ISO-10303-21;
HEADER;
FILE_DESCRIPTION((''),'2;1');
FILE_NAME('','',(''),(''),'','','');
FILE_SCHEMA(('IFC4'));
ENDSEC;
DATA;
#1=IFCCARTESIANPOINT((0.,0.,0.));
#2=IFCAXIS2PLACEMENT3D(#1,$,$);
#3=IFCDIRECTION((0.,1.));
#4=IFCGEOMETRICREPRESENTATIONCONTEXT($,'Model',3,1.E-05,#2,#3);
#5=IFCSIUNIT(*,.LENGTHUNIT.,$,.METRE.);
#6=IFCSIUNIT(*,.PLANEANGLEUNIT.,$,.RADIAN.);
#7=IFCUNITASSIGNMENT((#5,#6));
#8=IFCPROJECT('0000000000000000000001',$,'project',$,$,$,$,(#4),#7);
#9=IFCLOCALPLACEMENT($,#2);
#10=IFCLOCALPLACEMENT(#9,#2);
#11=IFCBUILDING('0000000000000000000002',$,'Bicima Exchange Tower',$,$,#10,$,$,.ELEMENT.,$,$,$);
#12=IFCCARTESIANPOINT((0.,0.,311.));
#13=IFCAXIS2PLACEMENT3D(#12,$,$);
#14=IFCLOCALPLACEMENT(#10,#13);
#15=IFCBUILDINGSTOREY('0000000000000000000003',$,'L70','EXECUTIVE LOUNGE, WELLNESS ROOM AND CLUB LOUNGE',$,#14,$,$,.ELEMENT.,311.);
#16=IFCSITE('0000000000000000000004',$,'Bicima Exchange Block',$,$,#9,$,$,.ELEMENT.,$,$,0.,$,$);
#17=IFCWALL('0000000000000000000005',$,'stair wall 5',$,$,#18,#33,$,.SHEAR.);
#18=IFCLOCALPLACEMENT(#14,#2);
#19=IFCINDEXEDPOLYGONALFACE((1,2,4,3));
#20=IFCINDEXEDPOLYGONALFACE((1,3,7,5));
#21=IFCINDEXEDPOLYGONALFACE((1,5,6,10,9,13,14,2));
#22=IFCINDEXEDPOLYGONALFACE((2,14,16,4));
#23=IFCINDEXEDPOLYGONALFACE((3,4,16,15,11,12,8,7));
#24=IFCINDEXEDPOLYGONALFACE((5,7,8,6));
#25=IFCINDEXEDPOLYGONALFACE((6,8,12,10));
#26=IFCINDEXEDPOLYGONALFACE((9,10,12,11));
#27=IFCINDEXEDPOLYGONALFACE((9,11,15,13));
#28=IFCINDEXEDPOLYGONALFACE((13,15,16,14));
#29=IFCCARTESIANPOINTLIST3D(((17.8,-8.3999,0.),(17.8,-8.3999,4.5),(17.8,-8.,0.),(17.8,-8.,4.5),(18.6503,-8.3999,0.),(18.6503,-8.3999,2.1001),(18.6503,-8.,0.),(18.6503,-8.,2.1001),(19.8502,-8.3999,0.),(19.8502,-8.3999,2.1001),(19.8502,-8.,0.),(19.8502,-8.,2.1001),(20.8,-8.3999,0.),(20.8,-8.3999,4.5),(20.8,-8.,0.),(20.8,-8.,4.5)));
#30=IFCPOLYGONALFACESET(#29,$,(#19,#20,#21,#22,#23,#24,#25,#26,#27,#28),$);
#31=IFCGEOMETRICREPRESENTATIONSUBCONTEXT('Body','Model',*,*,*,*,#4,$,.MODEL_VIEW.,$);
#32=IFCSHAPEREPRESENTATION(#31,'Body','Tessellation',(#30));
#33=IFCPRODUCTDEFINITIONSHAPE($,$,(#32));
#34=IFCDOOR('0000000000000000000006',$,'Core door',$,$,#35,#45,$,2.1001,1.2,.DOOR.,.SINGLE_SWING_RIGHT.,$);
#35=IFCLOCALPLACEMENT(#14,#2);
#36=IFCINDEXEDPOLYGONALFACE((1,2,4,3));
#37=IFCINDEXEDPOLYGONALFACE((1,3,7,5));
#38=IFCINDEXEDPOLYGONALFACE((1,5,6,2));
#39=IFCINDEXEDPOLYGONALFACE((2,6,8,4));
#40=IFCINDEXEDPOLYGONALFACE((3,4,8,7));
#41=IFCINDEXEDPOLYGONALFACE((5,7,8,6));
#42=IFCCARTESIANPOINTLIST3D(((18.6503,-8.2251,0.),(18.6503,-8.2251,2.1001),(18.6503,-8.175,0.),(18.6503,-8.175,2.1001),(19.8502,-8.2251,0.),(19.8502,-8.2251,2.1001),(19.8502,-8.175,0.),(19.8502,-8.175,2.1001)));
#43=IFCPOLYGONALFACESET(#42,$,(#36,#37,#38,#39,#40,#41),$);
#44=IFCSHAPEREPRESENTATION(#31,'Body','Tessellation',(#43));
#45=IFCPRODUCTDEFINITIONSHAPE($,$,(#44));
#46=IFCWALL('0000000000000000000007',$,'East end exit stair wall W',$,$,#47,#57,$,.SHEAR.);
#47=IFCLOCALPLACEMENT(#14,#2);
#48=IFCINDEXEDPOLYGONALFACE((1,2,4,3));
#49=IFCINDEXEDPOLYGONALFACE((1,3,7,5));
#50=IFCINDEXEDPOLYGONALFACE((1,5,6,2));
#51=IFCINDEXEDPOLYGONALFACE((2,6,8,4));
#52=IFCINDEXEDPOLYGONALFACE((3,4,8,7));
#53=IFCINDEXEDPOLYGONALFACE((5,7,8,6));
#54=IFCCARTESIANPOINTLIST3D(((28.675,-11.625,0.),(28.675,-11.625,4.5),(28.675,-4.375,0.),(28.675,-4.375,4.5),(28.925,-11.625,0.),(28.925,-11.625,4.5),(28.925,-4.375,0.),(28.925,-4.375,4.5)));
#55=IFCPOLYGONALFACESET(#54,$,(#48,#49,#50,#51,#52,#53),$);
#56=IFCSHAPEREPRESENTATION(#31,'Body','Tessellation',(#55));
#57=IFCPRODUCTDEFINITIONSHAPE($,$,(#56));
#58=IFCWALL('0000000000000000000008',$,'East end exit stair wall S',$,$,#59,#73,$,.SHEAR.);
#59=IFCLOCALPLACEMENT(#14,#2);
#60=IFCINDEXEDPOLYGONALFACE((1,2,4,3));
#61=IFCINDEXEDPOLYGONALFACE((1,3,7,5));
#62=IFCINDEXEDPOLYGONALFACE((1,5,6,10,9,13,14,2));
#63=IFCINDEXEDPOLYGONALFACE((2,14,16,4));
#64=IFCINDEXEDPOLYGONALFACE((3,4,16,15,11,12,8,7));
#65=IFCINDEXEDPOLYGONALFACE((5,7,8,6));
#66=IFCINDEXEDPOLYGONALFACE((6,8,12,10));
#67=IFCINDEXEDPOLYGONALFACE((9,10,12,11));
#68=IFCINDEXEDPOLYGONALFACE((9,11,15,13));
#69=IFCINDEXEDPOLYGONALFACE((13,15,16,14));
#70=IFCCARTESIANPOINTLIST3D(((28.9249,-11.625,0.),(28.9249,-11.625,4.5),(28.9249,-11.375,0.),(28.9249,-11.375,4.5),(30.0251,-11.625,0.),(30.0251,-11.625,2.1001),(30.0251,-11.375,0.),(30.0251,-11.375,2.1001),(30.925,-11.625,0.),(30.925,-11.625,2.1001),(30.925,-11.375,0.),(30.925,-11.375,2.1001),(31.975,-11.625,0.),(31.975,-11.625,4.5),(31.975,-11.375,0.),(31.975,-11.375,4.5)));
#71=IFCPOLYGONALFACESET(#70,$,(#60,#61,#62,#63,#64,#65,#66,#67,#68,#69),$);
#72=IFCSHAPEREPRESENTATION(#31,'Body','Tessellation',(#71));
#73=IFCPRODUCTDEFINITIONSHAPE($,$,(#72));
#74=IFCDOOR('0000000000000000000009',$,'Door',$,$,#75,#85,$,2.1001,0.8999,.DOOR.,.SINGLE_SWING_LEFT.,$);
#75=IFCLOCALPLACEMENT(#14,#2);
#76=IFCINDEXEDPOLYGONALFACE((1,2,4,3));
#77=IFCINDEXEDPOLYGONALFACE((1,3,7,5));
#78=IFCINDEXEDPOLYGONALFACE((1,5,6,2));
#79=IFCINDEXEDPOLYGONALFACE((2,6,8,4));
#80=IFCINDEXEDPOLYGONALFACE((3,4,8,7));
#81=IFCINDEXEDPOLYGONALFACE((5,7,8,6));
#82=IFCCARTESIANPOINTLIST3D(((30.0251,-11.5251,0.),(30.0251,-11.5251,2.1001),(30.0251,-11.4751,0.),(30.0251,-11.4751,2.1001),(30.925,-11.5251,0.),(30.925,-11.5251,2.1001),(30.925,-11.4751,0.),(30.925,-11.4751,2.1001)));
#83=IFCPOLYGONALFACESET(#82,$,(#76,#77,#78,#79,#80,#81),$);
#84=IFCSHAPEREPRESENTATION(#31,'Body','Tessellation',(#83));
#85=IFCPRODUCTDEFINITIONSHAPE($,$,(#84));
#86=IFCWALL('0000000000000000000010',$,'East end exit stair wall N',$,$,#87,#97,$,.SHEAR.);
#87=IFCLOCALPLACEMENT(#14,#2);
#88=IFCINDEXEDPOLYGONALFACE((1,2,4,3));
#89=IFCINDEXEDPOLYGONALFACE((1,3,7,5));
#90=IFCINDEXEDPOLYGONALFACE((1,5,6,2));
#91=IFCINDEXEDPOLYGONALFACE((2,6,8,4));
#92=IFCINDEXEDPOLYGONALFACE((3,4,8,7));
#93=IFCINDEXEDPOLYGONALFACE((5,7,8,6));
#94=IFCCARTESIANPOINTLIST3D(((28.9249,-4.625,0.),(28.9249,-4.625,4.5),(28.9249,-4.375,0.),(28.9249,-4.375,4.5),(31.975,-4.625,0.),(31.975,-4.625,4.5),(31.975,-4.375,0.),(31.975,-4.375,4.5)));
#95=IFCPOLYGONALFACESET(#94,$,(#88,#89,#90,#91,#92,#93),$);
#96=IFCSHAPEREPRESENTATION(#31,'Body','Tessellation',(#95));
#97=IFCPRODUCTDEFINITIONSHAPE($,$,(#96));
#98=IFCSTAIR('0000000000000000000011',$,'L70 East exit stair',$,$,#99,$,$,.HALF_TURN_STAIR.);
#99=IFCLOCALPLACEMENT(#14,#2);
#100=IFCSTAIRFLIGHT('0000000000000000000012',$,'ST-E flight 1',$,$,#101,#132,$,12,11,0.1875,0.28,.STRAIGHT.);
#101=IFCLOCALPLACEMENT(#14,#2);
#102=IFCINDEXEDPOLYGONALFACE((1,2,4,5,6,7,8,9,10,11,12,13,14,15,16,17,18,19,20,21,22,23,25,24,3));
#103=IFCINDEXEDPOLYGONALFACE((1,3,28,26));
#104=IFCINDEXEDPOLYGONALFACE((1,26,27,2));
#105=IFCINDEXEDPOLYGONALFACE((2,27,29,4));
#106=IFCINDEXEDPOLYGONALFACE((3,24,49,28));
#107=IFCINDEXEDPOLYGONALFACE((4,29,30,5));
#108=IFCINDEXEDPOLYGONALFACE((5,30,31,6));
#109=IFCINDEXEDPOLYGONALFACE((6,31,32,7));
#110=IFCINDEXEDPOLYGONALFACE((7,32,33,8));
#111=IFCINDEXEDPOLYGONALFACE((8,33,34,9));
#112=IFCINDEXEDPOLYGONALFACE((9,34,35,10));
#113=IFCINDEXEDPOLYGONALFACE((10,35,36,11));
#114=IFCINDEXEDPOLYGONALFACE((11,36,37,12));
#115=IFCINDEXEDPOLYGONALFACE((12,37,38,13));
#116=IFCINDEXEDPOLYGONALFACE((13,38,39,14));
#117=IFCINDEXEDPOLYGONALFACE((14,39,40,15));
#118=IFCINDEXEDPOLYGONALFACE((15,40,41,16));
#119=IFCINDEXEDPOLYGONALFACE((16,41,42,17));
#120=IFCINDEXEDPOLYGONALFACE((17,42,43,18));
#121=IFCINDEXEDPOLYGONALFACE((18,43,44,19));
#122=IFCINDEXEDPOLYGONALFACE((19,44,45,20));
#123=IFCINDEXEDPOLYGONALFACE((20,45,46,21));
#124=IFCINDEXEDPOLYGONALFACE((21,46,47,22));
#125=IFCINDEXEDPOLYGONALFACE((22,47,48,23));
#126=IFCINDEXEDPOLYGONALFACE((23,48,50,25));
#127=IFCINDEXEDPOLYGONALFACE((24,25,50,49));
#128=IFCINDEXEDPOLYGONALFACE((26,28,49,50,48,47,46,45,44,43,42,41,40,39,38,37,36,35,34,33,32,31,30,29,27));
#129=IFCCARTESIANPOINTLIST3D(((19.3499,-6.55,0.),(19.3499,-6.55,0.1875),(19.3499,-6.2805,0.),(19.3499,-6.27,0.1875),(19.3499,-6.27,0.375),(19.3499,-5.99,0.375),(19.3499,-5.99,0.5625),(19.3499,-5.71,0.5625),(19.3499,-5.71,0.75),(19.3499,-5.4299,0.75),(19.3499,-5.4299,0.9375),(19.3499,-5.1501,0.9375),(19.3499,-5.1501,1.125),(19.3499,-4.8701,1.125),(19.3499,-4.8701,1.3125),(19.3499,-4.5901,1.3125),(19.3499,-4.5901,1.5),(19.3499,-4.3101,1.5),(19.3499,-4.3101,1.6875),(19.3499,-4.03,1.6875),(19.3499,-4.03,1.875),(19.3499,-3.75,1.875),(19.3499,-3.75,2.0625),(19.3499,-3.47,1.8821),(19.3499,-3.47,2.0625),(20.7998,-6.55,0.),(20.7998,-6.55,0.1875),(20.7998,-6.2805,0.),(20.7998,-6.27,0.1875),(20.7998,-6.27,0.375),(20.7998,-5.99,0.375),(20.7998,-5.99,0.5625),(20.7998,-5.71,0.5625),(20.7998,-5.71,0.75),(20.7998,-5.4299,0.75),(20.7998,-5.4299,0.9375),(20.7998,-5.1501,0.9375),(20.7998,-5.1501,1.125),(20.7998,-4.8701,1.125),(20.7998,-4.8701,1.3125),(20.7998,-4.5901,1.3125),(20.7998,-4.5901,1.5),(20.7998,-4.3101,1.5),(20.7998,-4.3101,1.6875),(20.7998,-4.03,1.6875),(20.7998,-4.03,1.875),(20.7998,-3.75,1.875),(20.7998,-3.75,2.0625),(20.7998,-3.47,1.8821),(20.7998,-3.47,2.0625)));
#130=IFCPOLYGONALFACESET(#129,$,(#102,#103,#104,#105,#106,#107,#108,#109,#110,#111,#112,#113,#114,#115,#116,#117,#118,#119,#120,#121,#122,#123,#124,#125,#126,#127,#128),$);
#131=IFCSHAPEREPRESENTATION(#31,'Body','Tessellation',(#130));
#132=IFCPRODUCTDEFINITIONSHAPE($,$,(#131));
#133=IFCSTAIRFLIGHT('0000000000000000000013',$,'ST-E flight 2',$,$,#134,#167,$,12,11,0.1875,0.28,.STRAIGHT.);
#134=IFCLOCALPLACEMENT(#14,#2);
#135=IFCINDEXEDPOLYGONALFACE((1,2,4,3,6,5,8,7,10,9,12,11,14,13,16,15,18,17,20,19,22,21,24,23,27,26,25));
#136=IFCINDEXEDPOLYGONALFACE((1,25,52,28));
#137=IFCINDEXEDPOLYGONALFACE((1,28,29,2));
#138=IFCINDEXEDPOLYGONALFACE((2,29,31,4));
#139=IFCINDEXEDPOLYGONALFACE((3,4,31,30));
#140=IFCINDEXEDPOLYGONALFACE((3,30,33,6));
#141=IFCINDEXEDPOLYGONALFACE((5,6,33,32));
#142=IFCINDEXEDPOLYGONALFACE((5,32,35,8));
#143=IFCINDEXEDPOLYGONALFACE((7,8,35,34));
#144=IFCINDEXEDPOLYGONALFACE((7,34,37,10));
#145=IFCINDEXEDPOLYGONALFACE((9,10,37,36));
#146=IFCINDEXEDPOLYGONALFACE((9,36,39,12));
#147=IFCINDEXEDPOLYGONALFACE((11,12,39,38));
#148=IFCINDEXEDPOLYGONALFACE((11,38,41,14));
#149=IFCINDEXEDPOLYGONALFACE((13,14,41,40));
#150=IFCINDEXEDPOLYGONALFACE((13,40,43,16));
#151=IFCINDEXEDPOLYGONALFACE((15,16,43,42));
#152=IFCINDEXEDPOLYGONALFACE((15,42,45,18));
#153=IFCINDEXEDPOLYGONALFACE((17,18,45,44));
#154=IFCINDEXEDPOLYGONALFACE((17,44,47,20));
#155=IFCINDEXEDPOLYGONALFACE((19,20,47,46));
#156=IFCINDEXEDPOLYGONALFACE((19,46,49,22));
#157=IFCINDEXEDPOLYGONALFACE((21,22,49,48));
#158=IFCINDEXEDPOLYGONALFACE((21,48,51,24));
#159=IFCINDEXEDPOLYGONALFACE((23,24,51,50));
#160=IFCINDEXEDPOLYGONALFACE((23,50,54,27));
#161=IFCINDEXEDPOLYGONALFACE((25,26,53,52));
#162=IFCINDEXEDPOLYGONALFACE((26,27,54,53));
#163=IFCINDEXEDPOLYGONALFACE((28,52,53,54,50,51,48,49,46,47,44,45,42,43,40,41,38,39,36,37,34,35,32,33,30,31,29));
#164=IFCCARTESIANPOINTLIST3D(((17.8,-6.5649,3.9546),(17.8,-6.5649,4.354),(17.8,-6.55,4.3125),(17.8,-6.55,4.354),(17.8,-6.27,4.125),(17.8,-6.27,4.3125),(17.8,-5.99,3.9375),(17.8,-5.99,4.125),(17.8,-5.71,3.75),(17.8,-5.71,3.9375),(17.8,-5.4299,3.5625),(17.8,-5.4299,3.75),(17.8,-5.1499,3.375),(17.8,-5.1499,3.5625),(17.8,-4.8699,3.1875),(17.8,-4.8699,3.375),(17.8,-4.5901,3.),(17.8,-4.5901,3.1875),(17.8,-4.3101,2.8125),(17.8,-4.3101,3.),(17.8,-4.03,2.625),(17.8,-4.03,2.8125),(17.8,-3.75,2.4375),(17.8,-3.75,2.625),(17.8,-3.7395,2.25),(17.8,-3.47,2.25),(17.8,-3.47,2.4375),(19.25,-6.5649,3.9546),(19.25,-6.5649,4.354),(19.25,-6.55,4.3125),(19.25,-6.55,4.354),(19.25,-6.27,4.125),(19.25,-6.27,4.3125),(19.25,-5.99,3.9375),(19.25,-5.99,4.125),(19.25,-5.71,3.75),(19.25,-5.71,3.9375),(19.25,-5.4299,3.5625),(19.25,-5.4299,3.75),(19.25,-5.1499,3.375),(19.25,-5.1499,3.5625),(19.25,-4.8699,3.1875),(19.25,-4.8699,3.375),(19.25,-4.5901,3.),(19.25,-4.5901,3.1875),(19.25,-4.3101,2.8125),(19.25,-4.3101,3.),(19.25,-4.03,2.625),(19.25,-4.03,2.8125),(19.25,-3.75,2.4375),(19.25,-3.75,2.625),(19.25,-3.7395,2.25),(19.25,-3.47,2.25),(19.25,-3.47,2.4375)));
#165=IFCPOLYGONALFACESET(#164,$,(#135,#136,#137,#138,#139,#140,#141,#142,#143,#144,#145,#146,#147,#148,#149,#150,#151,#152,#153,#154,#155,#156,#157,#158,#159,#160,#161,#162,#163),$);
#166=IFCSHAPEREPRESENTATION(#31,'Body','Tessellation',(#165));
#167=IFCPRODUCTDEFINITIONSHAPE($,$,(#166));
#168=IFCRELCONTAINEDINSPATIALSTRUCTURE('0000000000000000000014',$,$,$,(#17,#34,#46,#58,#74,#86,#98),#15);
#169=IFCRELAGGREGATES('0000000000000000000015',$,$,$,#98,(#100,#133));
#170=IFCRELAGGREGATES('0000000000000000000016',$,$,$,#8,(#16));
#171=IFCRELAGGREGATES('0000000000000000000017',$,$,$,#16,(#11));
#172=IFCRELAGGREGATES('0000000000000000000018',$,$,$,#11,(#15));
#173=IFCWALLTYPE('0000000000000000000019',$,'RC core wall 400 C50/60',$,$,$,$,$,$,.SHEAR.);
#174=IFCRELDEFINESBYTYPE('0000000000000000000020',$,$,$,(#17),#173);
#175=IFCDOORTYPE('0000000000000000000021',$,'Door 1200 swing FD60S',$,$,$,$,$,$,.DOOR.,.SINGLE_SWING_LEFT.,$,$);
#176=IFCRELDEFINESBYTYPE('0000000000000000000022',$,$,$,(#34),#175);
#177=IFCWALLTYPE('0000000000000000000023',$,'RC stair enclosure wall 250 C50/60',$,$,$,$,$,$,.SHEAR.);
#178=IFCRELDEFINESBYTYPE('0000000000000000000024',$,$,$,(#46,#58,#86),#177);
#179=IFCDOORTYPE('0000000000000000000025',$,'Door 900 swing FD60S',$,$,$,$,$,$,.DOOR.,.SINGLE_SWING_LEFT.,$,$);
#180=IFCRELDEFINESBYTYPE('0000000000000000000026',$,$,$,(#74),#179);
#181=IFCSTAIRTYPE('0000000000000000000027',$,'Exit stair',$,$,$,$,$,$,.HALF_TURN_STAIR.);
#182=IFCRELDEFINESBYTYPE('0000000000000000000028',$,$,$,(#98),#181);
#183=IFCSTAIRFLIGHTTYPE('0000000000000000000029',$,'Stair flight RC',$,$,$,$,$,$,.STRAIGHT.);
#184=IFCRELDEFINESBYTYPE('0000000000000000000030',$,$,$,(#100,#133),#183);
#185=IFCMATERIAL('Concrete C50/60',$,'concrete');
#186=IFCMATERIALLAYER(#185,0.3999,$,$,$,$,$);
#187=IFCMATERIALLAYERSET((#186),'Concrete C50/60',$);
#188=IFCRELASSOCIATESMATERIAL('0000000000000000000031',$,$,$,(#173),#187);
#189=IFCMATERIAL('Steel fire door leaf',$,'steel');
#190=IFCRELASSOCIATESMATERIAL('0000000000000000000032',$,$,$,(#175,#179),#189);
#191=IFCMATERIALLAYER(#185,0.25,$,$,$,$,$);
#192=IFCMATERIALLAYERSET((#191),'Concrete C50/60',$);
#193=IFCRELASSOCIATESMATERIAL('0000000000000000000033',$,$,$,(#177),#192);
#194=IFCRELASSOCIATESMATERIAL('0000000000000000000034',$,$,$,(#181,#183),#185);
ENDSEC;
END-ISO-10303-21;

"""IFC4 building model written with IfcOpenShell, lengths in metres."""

from ifc_helpers import new_model, si_unit, direction, frame, frame_2d, origin, place, context, subcontext, project, spatial, polyline, rectangle, outline, extrude, material, layer, layer_set, type_object, element, fill, aggregate, save


model = new_model("IFC4")

# Units and contexts
model_context = context("Model", 3, precision=1e-05, world=origin(), true_north=direction((0.0, 1.0)))
body_context = subcontext(model_context, "Body", "Model", "MODEL_VIEW")
ifc_project = project(units=[si_unit("LENGTHUNIT", "METRE"), si_unit("PLANEANGLEUNIT", "RADIAN")], contexts=[model_context])

# Site, building, storey
site_placement = place(None, origin())
site = spatial("IfcSite", under=ifc_project, at=site_placement, Name="Bicima Exchange Block", CompositionType="ELEMENT", RefElevation=0.0)
building_placement = place(site_placement, origin())
building = spatial("IfcBuilding", under=site, at=building_placement, Name="Bicima Exchange Tower", CompositionType="ELEMENT")
storey_placement = place(building_placement, frame((0.0, 0.0, 311.0)))
storey = spatial("IfcBuildingStorey", under=building, at=storey_placement, Name="L70", Description="EXECUTIVE LOUNGE, WELLNESS ROOM AND CLUB LOUNGE", CompositionType="ELEMENT", Elevation=311.0)

# Wall, opening, door
ifc_material_1 = material(Name="Concrete C50/60", Category="concrete")
ifc_layer_1 = layer(ifc_material_1, 0.3999)
ifc_layer_set_1 = layer_set([ifc_layer_1], Name="Concrete C50/60")
wall_type_1 = type_object("IfcWallType", Name="RC core wall 400 C50/60", PredefinedType="SHEAR", material=ifc_layer_set_1)
wall_1_placement = place(storey_placement, frame((17.8, -8.2, 0.0), z_axis=(0.0, 0.0, 1.0), x_axis=(1.0, 0.0, 0.0)))
wall_1 = element("IfcWall", 1, at=wall_1_placement, inside=storey, type_object=wall_type_1, Name="stair wall 5", PredefinedType="SHEAR", context=body_context, shape_type="SweptSolid", body=[
    extrude(rectangle(XDim=3.0, YDim=0.3999, at=frame_2d((1.5, 0.0))), origin(), (0.0, 0.0, 1.0), 4.5),
])
opening_1_placement = place(wall_1_placement, frame((0.8501, 0.0, 0.0)))
opening_1 = element("IfcOpeningElement", 2, at=opening_1_placement, cuts=wall_1, PredefinedType="OPENING", context=body_context, shape_type="SweptSolid", body=[
    extrude(rectangle(XDim=1.2, YDim=2.1001, at=frame_2d((0.6001, 1.05))), frame((0.0, 0.2119, 0.0), z_axis=(0.0, -1.0, 0.0), x_axis=(1.0, 0.0, 0.0)), (0.0, 0.0, 1.0), 0.4238),
])
ifc_material_2 = material(Name="Steel fire door leaf", Category="steel")
door_type_1 = type_object("IfcDoorType", Name="Door 1200 swing FD60S", OperationType="SINGLE_SWING_LEFT", PredefinedType="DOOR", material=ifc_material_2)
door_1_placement = place(opening_1_placement, origin())
door_1 = element("IfcDoor", 3, at=door_1_placement, inside=storey, type_object=door_type_1, Name="Core door", OperationType="SINGLE_SWING_RIGHT", OverallHeight=2.1001, OverallWidth=1.2, PredefinedType="DOOR", context=body_context, shape_type="SweptSolid", body=[
    extrude(rectangle(XDim=1.2, YDim=2.1001, at=frame_2d((0.6001, 1.05))), frame((0.0, 0.0249, 0.0), z_axis=(0.0, -1.0, 0.0), x_axis=(1.0, 0.0, 0.0)), (0.0, 0.0, 1.0), 0.05),
])
fill(opening_1, door_1)

# Wall
ifc_layer_2 = layer(ifc_material_1, 0.25)
ifc_layer_set_2 = layer_set([ifc_layer_2], Name="Concrete C50/60")
wall_type_2 = type_object("IfcWallType", Name="RC stair enclosure wall 250 C50/60", PredefinedType="SHEAR", material=ifc_layer_set_2)
wall_2_placement = place(storey_placement, frame((28.8, -11.625, 0.0), z_axis=(0.0, 0.0, 1.0), x_axis=(0.0, 1.0, 0.0)))
element("IfcWall", 4, at=wall_2_placement, inside=storey, type_object=wall_type_2, Name="East end exit stair wall W", PredefinedType="SHEAR", context=body_context, shape_type="SweptSolid", body=[
    extrude(rectangle(XDim=7.25, YDim=0.25, at=frame_2d((3.625, 0.0))), origin(), (0.0, 0.0, 1.0), 4.5),
])

# Wall, opening, door
wall_3_placement = place(storey_placement, frame((28.925, -11.5, 0.0), z_axis=(0.0, 0.0, 1.0), x_axis=(1.0, 0.0, 0.0)))
wall_3 = element("IfcWall", 5, at=wall_3_placement, inside=storey, type_object=wall_type_2, Name="East end exit stair wall S", PredefinedType="SHEAR", context=body_context, shape_type="SweptSolid", body=[
    extrude(rectangle(XDim=3.05, YDim=0.25, at=frame_2d((1.5249, 0.0))), origin(), (0.0, 0.0, 1.0), 4.5),
])
opening_2_placement = place(wall_3_placement, frame((1.1001, 0.0, 0.0)))
opening_2 = element("IfcOpeningElement", 6, at=opening_2_placement, cuts=wall_3, PredefinedType="OPENING", context=body_context, shape_type="SweptSolid", body=[
    extrude(rectangle(XDim=0.8999, YDim=2.1001, at=frame_2d((0.45, 1.05))), frame((0.0, 0.137, 0.0), z_axis=(0.0, -1.0, 0.0), x_axis=(1.0, 0.0, 0.0)), (0.0, 0.0, 1.0), 0.2739),
])
door_type_2 = type_object("IfcDoorType", Name="Door 900 swing FD60S", OperationType="SINGLE_SWING_LEFT", PredefinedType="DOOR", material=ifc_material_2)
door_2_placement = place(opening_2_placement, origin())
door_2 = element("IfcDoor", 7, at=door_2_placement, inside=storey, type_object=door_type_2, Name="Door", OperationType="SINGLE_SWING_LEFT", OverallHeight=2.1001, OverallWidth=0.8999, PredefinedType="DOOR", context=body_context, shape_type="SweptSolid", body=[
    extrude(rectangle(XDim=0.8999, YDim=2.1001, at=frame_2d((0.45, 1.05))), frame((0.0, 0.0249, 0.0), z_axis=(0.0, -1.0, 0.0), x_axis=(1.0, 0.0, 0.0)), (0.0, 0.0, 1.0), 0.05),
])
fill(opening_2, door_2)

# Wall
wall_4_placement = place(storey_placement, frame((28.925, -4.5, 0.0), z_axis=(0.0, 0.0, 1.0), x_axis=(1.0, 0.0, 0.0)))
element("IfcWall", 8, at=wall_4_placement, inside=storey, type_object=wall_type_2, Name="East end exit stair wall N", PredefinedType="SHEAR", context=body_context, shape_type="SweptSolid", body=[
    extrude(rectangle(XDim=3.05, YDim=0.25, at=frame_2d((1.5249, 0.0))), origin(), (0.0, 0.0, 1.0), 4.5),
])

# Stair, stair flights
stair_type = type_object("IfcStairType", Name="Exit stair", PredefinedType="HALF_TURN_STAIR", material=ifc_material_1)
stair_placement = place(storey_placement, origin())
stair = element("IfcStair", 9, at=stair_placement, inside=storey, type_object=stair_type, Name="L70 East exit stair", PredefinedType="HALF_TURN_STAIR")
stair_flight_type = type_object("IfcStairFlightType", Name="Stair flight RC", PredefinedType="STRAIGHT", material=ifc_material_1)
stair_flight_1_placement = place(storey_placement, frame((20.075, -6.55, 0.0), z_axis=(0.0, 0.0, 1.0), x_axis=(0.0, 1.0, 0.0)))
stair_flight_1 = element("IfcStairFlight", 10, at=stair_flight_1_placement, type_object=stair_flight_type, Name="ST-E flight 1", NumberOfRisers=12, NumberOfTreads=11, PredefinedType="STRAIGHT", RiserHeight=0.1875, TreadLength=0.28, context=body_context, shape_type="SweptSolid", body=[
    extrude(outline(polyline([(0.0, 0.0), (0.0, 0.1875), (0.28, 0.1875), (0.28, 0.375), (0.5601, 0.375), (0.5601, 0.5625), (0.8401, 0.5625), (0.8401, 0.75), (1.1201, 0.75), (1.1201, 0.9375), (1.3999, 0.9375), (1.3999, 1.125), (1.6799, 1.125), (1.6799, 1.3125), (1.96, 1.3125), (1.96, 1.5), (2.24, 1.5), (2.24, 1.6875), (2.52, 1.6875), (2.52, 1.875), (2.8, 1.875), (2.8, 2.0625), (3.0801, 2.0625), (3.0801, 2.25), (3.0801, 1.8821), (0.2695, 0.0), (0.0, 0.0)])), frame((0.0, 0.7251, 0.0), z_axis=(0.0, -1.0, 0.0), x_axis=(1.0, 0.0, 0.0)), (0.0, 0.0, 1.0), 1.45),
])
stair_flight_2_placement = place(storey_placement, frame((18.5249, -3.47, 2.25), z_axis=(0.0, 0.0, 1.0), x_axis=(0.0, -1.0, 0.0)))
stair_flight_2 = element("IfcStairFlight", 11, at=stair_flight_2_placement, type_object=stair_flight_type, Name="ST-E flight 2", NumberOfRisers=12, NumberOfTreads=11, PredefinedType="STRAIGHT", RiserHeight=0.1875, TreadLength=0.28, context=body_context, shape_type="SweptSolid", body=[
    extrude(outline(polyline([(0.0, 0.0), (0.0, 0.1875), (0.28, 0.1875), (0.28, 0.375), (0.5601, 0.375), (0.5601, 0.5625), (0.8401, 0.5625), (0.8401, 0.75), (1.1201, 0.75), (1.1201, 0.9375), (1.3999, 0.9375), (1.3999, 1.125), (1.6799, 1.125), (1.6799, 1.3125), (1.96, 1.3125), (1.96, 1.5), (2.24, 1.5), (2.24, 1.6875), (2.52, 1.6875), (2.52, 1.875), (2.8, 1.875), (2.8, 2.0625), (3.0801, 2.0625), (3.0801, 2.104), (3.095, 2.104), (3.095, 1.7046), (0.2695, 0.0), (0.0, 0.0)])), frame((0.0, 0.7251, 0.0), z_axis=(0.0, -1.0, 0.0), x_axis=(1.0, 0.0, 0.0)), (0.0, 0.0, 1.0), 1.45),
])
aggregate(stair, [stair_flight_1, stair_flight_2])

save(model, "model.ifc")
